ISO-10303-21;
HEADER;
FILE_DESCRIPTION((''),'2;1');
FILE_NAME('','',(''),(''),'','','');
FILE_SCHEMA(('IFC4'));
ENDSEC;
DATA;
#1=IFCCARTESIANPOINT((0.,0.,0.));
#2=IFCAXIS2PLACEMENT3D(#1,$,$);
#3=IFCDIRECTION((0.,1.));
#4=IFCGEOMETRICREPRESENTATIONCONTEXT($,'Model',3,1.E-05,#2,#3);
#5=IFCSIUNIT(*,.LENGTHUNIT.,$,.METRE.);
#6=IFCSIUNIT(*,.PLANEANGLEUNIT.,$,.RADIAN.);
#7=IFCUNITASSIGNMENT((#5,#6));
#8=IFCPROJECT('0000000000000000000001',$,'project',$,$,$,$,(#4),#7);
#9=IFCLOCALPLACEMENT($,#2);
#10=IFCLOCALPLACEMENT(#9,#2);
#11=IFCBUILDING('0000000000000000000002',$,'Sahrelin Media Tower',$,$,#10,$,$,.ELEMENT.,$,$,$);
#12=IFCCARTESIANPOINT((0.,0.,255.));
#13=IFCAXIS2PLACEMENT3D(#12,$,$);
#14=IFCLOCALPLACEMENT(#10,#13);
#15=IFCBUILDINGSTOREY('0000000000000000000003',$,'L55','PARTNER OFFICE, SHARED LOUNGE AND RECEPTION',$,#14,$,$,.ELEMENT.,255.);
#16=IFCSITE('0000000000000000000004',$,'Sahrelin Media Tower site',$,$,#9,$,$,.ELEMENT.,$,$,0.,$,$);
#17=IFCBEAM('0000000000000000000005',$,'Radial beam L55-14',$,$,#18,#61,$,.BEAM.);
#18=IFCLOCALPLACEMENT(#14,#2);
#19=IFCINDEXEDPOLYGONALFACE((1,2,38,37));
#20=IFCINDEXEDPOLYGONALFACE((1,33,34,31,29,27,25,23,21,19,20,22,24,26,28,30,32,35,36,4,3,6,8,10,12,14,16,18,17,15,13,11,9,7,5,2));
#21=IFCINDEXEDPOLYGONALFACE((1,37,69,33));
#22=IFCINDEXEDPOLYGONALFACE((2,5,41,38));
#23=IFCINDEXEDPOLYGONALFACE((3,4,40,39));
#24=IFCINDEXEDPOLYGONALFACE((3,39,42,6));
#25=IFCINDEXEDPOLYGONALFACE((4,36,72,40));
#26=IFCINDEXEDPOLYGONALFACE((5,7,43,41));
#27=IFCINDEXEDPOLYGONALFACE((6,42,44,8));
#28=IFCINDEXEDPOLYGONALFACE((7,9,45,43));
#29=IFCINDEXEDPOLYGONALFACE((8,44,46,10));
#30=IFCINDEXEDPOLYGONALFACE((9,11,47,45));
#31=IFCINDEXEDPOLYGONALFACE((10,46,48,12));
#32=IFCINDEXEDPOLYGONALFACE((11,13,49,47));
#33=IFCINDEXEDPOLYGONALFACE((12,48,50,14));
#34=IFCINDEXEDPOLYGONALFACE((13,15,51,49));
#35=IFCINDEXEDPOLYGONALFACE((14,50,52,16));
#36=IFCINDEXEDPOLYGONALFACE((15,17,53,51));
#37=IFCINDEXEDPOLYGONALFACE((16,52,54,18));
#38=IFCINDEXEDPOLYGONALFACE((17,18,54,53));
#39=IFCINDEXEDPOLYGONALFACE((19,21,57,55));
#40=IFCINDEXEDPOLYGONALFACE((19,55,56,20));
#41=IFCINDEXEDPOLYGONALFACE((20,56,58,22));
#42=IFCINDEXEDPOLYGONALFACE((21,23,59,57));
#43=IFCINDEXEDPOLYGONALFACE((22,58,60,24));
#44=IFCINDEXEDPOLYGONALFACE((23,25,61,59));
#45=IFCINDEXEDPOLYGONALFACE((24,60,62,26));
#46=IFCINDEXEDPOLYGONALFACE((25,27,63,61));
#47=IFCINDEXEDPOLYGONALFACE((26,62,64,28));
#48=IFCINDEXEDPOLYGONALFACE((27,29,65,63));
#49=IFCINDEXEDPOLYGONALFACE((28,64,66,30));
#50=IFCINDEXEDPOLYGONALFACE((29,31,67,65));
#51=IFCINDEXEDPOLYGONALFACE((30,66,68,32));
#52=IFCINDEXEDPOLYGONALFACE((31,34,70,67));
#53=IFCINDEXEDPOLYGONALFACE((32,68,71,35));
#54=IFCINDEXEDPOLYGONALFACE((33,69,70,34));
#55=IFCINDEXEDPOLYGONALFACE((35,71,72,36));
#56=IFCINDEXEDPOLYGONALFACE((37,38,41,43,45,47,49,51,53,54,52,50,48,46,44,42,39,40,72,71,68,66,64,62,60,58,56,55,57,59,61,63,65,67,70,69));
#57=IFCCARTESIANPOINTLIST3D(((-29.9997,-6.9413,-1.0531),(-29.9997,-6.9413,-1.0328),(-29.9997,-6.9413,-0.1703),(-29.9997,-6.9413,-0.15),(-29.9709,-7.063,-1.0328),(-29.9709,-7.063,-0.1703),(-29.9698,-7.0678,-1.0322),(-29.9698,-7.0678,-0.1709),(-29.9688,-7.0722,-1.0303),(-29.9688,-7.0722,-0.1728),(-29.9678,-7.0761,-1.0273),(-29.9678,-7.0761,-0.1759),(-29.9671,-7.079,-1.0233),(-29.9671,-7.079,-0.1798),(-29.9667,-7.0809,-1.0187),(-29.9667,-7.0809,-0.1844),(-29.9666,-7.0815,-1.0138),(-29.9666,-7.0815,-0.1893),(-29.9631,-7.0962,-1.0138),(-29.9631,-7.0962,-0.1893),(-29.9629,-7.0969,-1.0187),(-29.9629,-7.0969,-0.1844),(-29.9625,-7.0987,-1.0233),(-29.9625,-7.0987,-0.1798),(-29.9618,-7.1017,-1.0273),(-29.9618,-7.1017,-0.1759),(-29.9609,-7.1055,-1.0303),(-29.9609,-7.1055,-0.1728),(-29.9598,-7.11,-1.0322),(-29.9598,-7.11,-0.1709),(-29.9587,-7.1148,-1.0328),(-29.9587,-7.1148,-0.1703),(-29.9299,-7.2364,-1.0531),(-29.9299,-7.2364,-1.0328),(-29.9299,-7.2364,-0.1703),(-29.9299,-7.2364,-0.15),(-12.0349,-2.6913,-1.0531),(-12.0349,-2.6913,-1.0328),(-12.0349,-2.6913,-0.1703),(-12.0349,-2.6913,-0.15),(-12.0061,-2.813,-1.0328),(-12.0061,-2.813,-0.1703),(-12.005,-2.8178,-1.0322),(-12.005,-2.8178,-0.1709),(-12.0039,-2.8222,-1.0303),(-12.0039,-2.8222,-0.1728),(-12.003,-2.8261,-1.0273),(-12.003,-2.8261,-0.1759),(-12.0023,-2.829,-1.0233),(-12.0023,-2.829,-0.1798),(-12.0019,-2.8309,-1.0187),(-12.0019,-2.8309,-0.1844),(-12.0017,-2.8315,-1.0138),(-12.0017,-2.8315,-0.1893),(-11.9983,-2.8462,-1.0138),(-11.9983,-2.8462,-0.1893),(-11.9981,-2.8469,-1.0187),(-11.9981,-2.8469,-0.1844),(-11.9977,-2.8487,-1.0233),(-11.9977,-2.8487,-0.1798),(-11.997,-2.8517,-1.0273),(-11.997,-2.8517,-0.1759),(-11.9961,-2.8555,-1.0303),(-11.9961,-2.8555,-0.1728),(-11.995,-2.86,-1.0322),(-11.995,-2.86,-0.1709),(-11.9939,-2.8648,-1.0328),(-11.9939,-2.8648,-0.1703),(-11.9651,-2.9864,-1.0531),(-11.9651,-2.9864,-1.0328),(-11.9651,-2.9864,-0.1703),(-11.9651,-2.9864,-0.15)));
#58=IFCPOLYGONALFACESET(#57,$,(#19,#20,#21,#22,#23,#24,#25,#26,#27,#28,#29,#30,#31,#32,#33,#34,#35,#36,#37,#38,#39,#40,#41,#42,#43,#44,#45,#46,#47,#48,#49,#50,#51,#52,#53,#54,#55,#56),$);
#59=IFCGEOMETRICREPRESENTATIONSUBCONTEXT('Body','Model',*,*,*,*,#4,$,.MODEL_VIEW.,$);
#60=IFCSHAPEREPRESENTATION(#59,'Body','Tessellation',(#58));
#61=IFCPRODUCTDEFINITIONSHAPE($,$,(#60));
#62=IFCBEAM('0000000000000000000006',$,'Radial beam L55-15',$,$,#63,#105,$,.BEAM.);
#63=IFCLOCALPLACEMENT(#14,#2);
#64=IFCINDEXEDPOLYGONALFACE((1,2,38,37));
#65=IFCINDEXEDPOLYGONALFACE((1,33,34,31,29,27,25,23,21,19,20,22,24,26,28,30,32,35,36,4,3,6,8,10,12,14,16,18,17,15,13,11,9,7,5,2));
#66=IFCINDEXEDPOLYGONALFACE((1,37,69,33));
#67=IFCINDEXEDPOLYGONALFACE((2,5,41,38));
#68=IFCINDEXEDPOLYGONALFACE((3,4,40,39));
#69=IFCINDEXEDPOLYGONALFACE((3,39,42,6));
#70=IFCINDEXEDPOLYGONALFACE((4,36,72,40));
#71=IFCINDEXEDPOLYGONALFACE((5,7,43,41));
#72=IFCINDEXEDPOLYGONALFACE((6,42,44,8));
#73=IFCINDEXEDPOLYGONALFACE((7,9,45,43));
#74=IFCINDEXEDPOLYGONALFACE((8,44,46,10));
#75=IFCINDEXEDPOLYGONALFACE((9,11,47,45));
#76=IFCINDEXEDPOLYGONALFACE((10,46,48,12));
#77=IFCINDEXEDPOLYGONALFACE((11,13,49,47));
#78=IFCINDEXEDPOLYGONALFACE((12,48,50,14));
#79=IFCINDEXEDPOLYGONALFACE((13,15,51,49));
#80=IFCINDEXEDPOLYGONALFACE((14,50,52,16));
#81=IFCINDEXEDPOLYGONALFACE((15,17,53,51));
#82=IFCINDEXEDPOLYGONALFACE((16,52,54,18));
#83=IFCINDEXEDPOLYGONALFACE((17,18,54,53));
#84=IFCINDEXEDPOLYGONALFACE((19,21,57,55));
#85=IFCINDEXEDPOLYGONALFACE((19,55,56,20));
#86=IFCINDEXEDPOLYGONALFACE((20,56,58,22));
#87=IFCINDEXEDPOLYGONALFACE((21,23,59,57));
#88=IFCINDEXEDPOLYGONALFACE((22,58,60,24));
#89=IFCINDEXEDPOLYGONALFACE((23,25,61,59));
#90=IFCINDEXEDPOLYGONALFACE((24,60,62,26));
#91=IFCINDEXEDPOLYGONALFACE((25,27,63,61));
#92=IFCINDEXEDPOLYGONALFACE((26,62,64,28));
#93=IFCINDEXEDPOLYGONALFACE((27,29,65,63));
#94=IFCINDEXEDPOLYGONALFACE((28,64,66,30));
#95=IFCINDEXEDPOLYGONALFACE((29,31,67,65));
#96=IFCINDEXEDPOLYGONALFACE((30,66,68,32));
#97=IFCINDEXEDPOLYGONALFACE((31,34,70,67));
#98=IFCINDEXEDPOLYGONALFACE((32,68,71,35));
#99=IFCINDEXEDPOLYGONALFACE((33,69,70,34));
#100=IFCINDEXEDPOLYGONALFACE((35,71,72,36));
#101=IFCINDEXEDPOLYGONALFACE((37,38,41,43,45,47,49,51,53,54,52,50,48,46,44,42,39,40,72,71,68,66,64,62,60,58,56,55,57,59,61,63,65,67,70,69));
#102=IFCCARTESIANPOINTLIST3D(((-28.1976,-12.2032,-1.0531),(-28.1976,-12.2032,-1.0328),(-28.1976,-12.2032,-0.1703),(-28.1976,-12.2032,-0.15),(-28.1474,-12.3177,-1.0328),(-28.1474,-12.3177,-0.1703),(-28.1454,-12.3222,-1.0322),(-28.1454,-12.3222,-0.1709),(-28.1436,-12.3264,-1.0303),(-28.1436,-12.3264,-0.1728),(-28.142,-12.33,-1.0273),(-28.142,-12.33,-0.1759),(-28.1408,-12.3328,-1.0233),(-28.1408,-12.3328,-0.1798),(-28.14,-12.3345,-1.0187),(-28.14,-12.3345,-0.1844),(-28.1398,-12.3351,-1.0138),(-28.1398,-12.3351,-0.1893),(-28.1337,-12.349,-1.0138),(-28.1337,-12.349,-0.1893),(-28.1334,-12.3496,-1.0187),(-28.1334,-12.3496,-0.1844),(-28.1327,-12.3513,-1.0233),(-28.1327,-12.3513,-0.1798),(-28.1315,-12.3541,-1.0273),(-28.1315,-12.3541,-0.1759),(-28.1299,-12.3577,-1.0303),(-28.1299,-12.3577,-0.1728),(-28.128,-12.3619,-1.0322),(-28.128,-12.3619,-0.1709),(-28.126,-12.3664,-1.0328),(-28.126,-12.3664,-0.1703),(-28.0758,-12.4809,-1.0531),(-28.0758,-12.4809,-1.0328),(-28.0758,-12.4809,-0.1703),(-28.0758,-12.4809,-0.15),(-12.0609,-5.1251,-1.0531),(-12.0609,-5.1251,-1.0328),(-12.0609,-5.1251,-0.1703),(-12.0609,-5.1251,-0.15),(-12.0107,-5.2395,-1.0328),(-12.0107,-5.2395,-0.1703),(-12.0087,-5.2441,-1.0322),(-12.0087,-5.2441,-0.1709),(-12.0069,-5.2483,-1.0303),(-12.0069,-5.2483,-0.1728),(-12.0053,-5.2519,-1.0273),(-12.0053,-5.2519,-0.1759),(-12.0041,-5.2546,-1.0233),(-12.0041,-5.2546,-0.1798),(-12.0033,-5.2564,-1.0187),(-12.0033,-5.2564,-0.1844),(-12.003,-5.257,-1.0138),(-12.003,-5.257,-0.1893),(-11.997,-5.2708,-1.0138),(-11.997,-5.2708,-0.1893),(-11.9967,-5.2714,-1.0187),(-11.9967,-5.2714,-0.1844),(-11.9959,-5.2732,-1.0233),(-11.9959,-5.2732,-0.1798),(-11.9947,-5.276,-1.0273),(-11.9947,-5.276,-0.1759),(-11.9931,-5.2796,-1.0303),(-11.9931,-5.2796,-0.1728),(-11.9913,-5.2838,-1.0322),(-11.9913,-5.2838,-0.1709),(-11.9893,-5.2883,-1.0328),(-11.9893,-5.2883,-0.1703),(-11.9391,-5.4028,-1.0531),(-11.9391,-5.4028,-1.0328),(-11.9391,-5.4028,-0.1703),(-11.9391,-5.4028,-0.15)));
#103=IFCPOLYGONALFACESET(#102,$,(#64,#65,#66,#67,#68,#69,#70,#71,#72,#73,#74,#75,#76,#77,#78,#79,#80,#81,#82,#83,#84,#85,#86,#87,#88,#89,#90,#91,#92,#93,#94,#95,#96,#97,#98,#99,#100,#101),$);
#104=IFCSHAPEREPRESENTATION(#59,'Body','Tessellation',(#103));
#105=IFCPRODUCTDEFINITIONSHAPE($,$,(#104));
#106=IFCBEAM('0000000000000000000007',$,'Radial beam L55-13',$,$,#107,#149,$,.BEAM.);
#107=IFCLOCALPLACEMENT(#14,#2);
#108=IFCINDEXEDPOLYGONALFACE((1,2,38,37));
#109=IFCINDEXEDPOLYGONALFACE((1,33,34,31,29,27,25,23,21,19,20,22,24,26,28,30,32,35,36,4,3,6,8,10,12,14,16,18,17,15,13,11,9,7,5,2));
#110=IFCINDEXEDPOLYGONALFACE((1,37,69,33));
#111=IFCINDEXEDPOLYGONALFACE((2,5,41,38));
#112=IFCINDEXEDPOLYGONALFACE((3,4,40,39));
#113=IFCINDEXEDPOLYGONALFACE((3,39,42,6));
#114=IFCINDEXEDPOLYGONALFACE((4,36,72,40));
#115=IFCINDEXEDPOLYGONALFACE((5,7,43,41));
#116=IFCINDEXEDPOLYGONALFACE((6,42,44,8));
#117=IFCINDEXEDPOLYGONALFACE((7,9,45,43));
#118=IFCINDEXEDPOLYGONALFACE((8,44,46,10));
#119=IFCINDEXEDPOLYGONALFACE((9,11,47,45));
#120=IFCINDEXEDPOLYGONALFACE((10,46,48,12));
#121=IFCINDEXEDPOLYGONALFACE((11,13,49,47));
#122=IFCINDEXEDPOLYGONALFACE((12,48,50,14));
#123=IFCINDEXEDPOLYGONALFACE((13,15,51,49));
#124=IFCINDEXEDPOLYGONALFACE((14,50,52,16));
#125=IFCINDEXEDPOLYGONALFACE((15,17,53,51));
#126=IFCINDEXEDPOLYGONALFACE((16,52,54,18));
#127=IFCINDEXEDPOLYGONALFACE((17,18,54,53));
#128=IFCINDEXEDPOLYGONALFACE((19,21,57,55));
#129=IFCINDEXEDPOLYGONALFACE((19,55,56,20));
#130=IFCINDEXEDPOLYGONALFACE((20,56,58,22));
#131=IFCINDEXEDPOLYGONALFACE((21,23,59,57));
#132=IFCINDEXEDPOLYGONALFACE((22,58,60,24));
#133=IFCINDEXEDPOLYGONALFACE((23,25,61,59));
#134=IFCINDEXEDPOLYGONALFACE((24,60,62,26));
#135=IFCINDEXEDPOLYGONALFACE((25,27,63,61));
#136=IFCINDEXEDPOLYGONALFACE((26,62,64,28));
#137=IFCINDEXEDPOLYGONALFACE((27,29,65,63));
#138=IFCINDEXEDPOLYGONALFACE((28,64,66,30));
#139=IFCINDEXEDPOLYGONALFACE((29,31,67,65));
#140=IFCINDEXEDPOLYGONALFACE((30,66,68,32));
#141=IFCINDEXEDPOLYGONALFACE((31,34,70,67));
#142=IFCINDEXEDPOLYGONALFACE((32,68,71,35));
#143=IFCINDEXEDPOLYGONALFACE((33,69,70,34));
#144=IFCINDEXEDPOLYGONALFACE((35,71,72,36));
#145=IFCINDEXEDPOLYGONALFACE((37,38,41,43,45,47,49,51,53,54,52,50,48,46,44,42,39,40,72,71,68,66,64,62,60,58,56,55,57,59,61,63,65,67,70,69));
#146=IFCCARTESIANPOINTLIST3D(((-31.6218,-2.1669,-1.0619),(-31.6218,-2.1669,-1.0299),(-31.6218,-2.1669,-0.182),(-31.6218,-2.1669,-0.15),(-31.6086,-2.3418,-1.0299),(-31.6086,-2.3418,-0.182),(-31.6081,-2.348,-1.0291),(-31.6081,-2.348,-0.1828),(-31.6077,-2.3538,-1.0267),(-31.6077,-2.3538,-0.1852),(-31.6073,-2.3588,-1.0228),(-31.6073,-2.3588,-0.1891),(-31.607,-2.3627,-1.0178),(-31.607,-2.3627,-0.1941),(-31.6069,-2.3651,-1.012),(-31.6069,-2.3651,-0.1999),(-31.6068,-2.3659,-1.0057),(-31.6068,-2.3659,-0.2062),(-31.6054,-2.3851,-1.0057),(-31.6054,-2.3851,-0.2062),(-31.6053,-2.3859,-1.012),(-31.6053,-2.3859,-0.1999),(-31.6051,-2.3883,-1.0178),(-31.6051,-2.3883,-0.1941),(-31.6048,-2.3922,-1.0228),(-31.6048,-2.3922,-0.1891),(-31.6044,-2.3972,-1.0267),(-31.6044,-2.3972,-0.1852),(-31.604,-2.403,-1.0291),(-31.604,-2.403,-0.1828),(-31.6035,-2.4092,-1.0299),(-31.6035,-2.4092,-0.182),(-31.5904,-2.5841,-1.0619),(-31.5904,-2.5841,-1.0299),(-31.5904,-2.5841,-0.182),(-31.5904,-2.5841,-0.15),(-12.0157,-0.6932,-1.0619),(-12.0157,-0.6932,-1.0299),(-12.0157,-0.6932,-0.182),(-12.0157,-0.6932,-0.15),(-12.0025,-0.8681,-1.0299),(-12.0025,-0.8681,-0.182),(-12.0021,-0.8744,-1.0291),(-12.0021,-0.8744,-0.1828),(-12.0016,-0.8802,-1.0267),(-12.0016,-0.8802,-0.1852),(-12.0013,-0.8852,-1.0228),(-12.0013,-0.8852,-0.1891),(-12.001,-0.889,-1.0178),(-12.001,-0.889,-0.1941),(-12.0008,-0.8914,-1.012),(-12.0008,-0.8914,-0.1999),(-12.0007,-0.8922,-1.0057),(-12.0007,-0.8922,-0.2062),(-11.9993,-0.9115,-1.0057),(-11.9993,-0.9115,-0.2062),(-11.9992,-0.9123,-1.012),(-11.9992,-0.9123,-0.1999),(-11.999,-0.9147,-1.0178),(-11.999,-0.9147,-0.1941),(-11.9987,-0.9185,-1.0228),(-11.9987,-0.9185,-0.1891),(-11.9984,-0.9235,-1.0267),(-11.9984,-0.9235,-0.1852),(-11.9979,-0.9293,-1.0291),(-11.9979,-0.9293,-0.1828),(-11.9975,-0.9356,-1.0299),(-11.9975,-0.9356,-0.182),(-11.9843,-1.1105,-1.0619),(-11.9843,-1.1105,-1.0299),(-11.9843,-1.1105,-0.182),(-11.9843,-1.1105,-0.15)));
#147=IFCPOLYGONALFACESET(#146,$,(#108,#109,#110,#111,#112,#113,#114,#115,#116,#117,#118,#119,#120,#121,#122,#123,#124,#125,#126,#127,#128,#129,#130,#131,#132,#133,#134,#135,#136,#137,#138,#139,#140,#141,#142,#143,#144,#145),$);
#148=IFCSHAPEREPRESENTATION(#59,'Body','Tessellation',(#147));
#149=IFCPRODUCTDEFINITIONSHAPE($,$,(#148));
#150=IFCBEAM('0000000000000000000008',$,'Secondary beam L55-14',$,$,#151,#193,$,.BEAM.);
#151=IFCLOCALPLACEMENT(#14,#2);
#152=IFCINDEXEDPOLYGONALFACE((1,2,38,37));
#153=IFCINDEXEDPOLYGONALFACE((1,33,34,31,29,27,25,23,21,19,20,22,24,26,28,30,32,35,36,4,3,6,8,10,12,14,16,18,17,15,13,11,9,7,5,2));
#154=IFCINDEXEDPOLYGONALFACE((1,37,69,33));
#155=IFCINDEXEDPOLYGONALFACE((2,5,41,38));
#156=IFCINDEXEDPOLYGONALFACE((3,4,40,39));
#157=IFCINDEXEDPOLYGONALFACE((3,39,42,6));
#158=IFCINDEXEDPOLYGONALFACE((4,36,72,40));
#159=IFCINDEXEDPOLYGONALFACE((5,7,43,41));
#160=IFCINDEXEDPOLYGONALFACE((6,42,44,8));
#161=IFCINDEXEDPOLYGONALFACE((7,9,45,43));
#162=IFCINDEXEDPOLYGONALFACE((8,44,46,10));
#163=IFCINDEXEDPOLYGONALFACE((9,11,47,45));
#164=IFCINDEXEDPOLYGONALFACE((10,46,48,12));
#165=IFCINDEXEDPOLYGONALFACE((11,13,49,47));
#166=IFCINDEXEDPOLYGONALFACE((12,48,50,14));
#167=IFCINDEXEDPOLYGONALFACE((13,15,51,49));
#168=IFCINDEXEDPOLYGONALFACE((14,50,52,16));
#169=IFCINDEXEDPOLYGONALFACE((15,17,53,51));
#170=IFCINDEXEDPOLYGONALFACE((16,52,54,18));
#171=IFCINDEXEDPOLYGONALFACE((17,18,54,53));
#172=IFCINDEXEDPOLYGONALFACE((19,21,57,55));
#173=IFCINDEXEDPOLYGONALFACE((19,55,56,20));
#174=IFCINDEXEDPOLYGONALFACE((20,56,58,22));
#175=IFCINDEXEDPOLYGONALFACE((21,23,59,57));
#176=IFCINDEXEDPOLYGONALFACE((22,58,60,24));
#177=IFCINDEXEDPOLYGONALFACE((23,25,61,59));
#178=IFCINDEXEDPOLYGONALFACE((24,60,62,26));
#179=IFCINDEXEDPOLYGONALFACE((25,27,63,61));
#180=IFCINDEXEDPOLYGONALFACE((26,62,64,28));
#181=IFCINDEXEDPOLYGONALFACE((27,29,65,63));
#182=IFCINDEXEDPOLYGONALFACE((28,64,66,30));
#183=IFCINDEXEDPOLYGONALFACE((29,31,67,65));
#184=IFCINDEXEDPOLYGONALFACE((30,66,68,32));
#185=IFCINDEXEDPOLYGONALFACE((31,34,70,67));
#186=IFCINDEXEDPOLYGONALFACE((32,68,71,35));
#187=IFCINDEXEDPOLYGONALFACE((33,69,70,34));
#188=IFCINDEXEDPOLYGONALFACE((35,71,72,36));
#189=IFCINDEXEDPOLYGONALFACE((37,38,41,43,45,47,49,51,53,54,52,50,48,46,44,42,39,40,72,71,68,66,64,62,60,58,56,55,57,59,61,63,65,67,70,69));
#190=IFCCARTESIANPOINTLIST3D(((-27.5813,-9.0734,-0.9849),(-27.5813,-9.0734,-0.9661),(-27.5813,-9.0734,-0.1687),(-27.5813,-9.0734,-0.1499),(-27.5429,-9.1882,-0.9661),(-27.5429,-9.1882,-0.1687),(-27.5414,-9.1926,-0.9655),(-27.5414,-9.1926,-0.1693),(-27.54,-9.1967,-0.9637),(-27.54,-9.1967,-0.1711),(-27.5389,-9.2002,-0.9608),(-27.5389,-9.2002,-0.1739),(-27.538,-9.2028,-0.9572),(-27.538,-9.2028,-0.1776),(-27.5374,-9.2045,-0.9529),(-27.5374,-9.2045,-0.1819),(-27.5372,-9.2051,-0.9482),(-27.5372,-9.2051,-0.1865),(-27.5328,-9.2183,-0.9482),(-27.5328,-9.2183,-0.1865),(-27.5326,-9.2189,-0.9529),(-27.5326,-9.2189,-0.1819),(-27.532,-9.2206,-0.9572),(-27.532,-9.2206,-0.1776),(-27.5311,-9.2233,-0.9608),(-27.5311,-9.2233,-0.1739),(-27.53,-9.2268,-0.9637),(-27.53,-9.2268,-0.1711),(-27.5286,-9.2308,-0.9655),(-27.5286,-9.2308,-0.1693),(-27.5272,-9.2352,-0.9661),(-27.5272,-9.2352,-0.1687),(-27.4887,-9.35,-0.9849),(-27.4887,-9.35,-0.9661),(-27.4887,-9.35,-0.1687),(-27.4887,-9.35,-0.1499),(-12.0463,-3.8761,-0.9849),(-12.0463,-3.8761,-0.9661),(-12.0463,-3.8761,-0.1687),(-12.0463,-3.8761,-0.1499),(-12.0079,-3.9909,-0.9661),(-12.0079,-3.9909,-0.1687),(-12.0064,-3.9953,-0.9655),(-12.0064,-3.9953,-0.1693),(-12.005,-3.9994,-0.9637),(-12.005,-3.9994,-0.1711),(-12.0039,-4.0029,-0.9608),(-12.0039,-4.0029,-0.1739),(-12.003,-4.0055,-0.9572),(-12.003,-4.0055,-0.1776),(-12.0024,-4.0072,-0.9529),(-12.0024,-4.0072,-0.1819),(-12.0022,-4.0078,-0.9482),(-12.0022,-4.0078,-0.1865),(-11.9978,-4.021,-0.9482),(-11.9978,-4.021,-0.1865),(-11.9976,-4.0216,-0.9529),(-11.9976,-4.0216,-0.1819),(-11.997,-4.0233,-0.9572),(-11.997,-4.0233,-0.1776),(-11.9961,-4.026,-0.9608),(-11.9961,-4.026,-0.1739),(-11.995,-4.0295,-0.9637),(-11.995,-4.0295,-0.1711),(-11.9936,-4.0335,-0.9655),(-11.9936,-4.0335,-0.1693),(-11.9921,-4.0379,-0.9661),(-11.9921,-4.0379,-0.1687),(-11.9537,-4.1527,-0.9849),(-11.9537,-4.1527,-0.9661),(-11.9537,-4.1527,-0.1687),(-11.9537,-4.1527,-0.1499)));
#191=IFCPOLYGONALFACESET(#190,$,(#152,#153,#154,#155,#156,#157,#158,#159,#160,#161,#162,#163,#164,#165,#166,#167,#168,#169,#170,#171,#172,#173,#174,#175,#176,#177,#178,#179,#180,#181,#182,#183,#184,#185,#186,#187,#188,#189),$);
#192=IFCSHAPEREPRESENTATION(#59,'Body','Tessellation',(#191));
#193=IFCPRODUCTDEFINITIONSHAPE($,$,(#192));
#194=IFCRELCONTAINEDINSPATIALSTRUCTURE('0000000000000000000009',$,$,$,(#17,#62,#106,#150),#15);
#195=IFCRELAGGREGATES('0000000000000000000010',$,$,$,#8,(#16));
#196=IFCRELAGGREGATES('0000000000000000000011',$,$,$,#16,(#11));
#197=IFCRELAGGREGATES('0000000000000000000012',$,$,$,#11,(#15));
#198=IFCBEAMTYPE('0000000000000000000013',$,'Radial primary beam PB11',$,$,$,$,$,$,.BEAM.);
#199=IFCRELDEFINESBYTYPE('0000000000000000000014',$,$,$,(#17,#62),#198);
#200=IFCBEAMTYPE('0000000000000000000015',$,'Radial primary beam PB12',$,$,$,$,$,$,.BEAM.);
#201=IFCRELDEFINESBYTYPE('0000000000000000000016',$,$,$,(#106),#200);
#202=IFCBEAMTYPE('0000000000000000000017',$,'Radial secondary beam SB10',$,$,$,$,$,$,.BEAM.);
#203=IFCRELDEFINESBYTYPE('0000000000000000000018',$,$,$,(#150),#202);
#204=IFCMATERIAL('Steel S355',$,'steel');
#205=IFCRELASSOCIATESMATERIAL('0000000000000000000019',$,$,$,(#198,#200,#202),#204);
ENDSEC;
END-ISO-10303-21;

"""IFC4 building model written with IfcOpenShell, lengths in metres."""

from ifc_helpers import new_model, si_unit, direction, frame, origin, origin_2d, place, context, subcontext, project, spatial, i_section, extrude, material, material_profile, profile_set, type_object, element, save


model = new_model("IFC4")

# Units and contexts
model_context = context("Model", 3, precision=1e-05, world=origin(), true_north=direction((0.0, 1.0)))
body_context = subcontext(model_context, "Body", "Model", "MODEL_VIEW")
ifc_project = project(units=[si_unit("LENGTHUNIT", "METRE"), si_unit("PLANEANGLEUNIT", "RADIAN")], contexts=[model_context])

# Site, building, storey
site_placement = place(None, origin())
site = spatial("IfcSite", under=ifc_project, at=site_placement, Name="Sahrelin Media Tower site", CompositionType="ELEMENT", RefElevation=0.0)
building_placement = place(site_placement, origin())
building = spatial("IfcBuilding", under=site, at=building_placement, Name="Sahrelin Media Tower", CompositionType="ELEMENT")
storey_placement = place(building_placement, frame((0.0, 0.0, 255.0)))
storey = spatial("IfcBuildingStorey", under=building, at=storey_placement, Name="L55", Description="PARTNER OFFICE, SHARED LOUNGE AND RECEPTION", CompositionType="ELEMENT", Elevation=255.0)

# Beams
ifc_material_1 = material(Name="Steel S355", Category="steel")
ifc_material_profile_1 = material_profile(ifc_material_1, i_section(OverallWidth=0.3032, OverallDepth=0.9031, WebThickness=0.0151, FlangeThickness=0.0203, FilletRadius=0.019, at=origin_2d()), Name="UB 914x305x201")
ifc_profile_set_1 = profile_set([ifc_material_profile_1], Name="Steel S355")
beam_type_1 = type_object("IfcBeamType", Name="Radial primary beam PB11", PredefinedType="BEAM", material=ifc_profile_set_1)
beam_1_placement = place(storey_placement, frame((-12.0, -2.8389, -0.6016), z_axis=(-0.973139, -0.230219, 0.0), x_axis=(0.230219, -0.973139, 0.0)))
element("IfcBeam", 1, at=beam_1_placement, inside=storey, type_object=beam_type_1, Name="Radial beam L55-14", PredefinedType="BEAM", context=body_context, shape_type="SweptSolid", body=[
    extrude(i_section(OverallWidth=0.3032, OverallDepth=0.9031, WebThickness=0.0151, FlangeThickness=0.0203, FilletRadius=0.019, at=origin_2d()), origin(), (0.0, 0.0, 1.0), 18.4607),
])
beam_2_placement = place(storey_placement, frame((-12.0, -5.2639, -0.6016), z_axis=(-0.915775, -0.401691, 0.0), x_axis=(0.401691, -0.915775, 0.0)))
element("IfcBeam", 2, at=beam_2_placement, inside=storey, type_object=beam_type_1, Name="Radial beam L55-15", PredefinedType="BEAM", context=body_context, shape_type="SweptSolid", body=[
    extrude(i_section(OverallWidth=0.3032, OverallDepth=0.9031, WebThickness=0.0151, FlangeThickness=0.0203, FilletRadius=0.019, at=origin_2d()), origin(), (0.0, 0.0, 1.0), 17.6208),
])
ifc_material_profile_2 = material_profile(ifc_material_1, i_section(OverallWidth=0.4185, OverallDepth=0.9119, WebThickness=0.0193, FlangeThickness=0.032, FilletRadius=0.0242, at=origin_2d()), Name="UB 914x419x343")
ifc_profile_set_2 = profile_set([ifc_material_profile_2], Name="Steel S355")
beam_type_2 = type_object("IfcBeamType", Name="Radial primary beam PB12", PredefinedType="BEAM", material=ifc_profile_set_2)
beam_3_placement = place(storey_placement, frame((-12.0, -0.9019, -0.606), z_axis=(-0.997187, -0.074951, 0.0), x_axis=(0.074951, -0.997187, 0.0)))
element("IfcBeam", 3, at=beam_3_placement, inside=storey, type_object=beam_type_2, Name="Radial beam L55-13", PredefinedType="BEAM", context=body_context, shape_type="SweptSolid", body=[
    extrude(i_section(OverallWidth=0.4185, OverallDepth=0.9119, WebThickness=0.0193, FlangeThickness=0.032, FilletRadius=0.0242, at=origin_2d()), origin(), (0.0, 0.0, 1.0), 19.6614),
])
ifc_material_profile_3 = material_profile(ifc_material_1, i_section(OverallWidth=0.2917, OverallDepth=0.835, WebThickness=0.0139, FlangeThickness=0.0188, FilletRadius=0.0178, at=origin_2d()), Name="UB 838x292x176")
ifc_profile_set_3 = profile_set([ifc_material_profile_3], Name="Steel S355")
beam_type_3 = type_object("IfcBeamType", Name="Radial secondary beam SB10", PredefinedType="BEAM", material=ifc_profile_set_3)
beam_4_placement = place(storey_placement, frame((-12.0, -4.0144, -0.5674), z_axis=(-0.948335, -0.317269, 0.0), x_axis=(0.317269, -0.948335, 0.0)))
element("IfcBeam", 4, at=beam_4_placement, inside=storey, type_object=beam_type_3, Name="Secondary beam L55-14", PredefinedType="BEAM", context=body_context, shape_type="SweptSolid", body=[
    extrude(i_section(OverallWidth=0.2917, OverallDepth=0.835, WebThickness=0.0139, FlangeThickness=0.0188, FilletRadius=0.0178, at=origin_2d()), origin(), (0.0, 0.0, 1.0), 16.3813),
])

save(model, "model.ifc")
